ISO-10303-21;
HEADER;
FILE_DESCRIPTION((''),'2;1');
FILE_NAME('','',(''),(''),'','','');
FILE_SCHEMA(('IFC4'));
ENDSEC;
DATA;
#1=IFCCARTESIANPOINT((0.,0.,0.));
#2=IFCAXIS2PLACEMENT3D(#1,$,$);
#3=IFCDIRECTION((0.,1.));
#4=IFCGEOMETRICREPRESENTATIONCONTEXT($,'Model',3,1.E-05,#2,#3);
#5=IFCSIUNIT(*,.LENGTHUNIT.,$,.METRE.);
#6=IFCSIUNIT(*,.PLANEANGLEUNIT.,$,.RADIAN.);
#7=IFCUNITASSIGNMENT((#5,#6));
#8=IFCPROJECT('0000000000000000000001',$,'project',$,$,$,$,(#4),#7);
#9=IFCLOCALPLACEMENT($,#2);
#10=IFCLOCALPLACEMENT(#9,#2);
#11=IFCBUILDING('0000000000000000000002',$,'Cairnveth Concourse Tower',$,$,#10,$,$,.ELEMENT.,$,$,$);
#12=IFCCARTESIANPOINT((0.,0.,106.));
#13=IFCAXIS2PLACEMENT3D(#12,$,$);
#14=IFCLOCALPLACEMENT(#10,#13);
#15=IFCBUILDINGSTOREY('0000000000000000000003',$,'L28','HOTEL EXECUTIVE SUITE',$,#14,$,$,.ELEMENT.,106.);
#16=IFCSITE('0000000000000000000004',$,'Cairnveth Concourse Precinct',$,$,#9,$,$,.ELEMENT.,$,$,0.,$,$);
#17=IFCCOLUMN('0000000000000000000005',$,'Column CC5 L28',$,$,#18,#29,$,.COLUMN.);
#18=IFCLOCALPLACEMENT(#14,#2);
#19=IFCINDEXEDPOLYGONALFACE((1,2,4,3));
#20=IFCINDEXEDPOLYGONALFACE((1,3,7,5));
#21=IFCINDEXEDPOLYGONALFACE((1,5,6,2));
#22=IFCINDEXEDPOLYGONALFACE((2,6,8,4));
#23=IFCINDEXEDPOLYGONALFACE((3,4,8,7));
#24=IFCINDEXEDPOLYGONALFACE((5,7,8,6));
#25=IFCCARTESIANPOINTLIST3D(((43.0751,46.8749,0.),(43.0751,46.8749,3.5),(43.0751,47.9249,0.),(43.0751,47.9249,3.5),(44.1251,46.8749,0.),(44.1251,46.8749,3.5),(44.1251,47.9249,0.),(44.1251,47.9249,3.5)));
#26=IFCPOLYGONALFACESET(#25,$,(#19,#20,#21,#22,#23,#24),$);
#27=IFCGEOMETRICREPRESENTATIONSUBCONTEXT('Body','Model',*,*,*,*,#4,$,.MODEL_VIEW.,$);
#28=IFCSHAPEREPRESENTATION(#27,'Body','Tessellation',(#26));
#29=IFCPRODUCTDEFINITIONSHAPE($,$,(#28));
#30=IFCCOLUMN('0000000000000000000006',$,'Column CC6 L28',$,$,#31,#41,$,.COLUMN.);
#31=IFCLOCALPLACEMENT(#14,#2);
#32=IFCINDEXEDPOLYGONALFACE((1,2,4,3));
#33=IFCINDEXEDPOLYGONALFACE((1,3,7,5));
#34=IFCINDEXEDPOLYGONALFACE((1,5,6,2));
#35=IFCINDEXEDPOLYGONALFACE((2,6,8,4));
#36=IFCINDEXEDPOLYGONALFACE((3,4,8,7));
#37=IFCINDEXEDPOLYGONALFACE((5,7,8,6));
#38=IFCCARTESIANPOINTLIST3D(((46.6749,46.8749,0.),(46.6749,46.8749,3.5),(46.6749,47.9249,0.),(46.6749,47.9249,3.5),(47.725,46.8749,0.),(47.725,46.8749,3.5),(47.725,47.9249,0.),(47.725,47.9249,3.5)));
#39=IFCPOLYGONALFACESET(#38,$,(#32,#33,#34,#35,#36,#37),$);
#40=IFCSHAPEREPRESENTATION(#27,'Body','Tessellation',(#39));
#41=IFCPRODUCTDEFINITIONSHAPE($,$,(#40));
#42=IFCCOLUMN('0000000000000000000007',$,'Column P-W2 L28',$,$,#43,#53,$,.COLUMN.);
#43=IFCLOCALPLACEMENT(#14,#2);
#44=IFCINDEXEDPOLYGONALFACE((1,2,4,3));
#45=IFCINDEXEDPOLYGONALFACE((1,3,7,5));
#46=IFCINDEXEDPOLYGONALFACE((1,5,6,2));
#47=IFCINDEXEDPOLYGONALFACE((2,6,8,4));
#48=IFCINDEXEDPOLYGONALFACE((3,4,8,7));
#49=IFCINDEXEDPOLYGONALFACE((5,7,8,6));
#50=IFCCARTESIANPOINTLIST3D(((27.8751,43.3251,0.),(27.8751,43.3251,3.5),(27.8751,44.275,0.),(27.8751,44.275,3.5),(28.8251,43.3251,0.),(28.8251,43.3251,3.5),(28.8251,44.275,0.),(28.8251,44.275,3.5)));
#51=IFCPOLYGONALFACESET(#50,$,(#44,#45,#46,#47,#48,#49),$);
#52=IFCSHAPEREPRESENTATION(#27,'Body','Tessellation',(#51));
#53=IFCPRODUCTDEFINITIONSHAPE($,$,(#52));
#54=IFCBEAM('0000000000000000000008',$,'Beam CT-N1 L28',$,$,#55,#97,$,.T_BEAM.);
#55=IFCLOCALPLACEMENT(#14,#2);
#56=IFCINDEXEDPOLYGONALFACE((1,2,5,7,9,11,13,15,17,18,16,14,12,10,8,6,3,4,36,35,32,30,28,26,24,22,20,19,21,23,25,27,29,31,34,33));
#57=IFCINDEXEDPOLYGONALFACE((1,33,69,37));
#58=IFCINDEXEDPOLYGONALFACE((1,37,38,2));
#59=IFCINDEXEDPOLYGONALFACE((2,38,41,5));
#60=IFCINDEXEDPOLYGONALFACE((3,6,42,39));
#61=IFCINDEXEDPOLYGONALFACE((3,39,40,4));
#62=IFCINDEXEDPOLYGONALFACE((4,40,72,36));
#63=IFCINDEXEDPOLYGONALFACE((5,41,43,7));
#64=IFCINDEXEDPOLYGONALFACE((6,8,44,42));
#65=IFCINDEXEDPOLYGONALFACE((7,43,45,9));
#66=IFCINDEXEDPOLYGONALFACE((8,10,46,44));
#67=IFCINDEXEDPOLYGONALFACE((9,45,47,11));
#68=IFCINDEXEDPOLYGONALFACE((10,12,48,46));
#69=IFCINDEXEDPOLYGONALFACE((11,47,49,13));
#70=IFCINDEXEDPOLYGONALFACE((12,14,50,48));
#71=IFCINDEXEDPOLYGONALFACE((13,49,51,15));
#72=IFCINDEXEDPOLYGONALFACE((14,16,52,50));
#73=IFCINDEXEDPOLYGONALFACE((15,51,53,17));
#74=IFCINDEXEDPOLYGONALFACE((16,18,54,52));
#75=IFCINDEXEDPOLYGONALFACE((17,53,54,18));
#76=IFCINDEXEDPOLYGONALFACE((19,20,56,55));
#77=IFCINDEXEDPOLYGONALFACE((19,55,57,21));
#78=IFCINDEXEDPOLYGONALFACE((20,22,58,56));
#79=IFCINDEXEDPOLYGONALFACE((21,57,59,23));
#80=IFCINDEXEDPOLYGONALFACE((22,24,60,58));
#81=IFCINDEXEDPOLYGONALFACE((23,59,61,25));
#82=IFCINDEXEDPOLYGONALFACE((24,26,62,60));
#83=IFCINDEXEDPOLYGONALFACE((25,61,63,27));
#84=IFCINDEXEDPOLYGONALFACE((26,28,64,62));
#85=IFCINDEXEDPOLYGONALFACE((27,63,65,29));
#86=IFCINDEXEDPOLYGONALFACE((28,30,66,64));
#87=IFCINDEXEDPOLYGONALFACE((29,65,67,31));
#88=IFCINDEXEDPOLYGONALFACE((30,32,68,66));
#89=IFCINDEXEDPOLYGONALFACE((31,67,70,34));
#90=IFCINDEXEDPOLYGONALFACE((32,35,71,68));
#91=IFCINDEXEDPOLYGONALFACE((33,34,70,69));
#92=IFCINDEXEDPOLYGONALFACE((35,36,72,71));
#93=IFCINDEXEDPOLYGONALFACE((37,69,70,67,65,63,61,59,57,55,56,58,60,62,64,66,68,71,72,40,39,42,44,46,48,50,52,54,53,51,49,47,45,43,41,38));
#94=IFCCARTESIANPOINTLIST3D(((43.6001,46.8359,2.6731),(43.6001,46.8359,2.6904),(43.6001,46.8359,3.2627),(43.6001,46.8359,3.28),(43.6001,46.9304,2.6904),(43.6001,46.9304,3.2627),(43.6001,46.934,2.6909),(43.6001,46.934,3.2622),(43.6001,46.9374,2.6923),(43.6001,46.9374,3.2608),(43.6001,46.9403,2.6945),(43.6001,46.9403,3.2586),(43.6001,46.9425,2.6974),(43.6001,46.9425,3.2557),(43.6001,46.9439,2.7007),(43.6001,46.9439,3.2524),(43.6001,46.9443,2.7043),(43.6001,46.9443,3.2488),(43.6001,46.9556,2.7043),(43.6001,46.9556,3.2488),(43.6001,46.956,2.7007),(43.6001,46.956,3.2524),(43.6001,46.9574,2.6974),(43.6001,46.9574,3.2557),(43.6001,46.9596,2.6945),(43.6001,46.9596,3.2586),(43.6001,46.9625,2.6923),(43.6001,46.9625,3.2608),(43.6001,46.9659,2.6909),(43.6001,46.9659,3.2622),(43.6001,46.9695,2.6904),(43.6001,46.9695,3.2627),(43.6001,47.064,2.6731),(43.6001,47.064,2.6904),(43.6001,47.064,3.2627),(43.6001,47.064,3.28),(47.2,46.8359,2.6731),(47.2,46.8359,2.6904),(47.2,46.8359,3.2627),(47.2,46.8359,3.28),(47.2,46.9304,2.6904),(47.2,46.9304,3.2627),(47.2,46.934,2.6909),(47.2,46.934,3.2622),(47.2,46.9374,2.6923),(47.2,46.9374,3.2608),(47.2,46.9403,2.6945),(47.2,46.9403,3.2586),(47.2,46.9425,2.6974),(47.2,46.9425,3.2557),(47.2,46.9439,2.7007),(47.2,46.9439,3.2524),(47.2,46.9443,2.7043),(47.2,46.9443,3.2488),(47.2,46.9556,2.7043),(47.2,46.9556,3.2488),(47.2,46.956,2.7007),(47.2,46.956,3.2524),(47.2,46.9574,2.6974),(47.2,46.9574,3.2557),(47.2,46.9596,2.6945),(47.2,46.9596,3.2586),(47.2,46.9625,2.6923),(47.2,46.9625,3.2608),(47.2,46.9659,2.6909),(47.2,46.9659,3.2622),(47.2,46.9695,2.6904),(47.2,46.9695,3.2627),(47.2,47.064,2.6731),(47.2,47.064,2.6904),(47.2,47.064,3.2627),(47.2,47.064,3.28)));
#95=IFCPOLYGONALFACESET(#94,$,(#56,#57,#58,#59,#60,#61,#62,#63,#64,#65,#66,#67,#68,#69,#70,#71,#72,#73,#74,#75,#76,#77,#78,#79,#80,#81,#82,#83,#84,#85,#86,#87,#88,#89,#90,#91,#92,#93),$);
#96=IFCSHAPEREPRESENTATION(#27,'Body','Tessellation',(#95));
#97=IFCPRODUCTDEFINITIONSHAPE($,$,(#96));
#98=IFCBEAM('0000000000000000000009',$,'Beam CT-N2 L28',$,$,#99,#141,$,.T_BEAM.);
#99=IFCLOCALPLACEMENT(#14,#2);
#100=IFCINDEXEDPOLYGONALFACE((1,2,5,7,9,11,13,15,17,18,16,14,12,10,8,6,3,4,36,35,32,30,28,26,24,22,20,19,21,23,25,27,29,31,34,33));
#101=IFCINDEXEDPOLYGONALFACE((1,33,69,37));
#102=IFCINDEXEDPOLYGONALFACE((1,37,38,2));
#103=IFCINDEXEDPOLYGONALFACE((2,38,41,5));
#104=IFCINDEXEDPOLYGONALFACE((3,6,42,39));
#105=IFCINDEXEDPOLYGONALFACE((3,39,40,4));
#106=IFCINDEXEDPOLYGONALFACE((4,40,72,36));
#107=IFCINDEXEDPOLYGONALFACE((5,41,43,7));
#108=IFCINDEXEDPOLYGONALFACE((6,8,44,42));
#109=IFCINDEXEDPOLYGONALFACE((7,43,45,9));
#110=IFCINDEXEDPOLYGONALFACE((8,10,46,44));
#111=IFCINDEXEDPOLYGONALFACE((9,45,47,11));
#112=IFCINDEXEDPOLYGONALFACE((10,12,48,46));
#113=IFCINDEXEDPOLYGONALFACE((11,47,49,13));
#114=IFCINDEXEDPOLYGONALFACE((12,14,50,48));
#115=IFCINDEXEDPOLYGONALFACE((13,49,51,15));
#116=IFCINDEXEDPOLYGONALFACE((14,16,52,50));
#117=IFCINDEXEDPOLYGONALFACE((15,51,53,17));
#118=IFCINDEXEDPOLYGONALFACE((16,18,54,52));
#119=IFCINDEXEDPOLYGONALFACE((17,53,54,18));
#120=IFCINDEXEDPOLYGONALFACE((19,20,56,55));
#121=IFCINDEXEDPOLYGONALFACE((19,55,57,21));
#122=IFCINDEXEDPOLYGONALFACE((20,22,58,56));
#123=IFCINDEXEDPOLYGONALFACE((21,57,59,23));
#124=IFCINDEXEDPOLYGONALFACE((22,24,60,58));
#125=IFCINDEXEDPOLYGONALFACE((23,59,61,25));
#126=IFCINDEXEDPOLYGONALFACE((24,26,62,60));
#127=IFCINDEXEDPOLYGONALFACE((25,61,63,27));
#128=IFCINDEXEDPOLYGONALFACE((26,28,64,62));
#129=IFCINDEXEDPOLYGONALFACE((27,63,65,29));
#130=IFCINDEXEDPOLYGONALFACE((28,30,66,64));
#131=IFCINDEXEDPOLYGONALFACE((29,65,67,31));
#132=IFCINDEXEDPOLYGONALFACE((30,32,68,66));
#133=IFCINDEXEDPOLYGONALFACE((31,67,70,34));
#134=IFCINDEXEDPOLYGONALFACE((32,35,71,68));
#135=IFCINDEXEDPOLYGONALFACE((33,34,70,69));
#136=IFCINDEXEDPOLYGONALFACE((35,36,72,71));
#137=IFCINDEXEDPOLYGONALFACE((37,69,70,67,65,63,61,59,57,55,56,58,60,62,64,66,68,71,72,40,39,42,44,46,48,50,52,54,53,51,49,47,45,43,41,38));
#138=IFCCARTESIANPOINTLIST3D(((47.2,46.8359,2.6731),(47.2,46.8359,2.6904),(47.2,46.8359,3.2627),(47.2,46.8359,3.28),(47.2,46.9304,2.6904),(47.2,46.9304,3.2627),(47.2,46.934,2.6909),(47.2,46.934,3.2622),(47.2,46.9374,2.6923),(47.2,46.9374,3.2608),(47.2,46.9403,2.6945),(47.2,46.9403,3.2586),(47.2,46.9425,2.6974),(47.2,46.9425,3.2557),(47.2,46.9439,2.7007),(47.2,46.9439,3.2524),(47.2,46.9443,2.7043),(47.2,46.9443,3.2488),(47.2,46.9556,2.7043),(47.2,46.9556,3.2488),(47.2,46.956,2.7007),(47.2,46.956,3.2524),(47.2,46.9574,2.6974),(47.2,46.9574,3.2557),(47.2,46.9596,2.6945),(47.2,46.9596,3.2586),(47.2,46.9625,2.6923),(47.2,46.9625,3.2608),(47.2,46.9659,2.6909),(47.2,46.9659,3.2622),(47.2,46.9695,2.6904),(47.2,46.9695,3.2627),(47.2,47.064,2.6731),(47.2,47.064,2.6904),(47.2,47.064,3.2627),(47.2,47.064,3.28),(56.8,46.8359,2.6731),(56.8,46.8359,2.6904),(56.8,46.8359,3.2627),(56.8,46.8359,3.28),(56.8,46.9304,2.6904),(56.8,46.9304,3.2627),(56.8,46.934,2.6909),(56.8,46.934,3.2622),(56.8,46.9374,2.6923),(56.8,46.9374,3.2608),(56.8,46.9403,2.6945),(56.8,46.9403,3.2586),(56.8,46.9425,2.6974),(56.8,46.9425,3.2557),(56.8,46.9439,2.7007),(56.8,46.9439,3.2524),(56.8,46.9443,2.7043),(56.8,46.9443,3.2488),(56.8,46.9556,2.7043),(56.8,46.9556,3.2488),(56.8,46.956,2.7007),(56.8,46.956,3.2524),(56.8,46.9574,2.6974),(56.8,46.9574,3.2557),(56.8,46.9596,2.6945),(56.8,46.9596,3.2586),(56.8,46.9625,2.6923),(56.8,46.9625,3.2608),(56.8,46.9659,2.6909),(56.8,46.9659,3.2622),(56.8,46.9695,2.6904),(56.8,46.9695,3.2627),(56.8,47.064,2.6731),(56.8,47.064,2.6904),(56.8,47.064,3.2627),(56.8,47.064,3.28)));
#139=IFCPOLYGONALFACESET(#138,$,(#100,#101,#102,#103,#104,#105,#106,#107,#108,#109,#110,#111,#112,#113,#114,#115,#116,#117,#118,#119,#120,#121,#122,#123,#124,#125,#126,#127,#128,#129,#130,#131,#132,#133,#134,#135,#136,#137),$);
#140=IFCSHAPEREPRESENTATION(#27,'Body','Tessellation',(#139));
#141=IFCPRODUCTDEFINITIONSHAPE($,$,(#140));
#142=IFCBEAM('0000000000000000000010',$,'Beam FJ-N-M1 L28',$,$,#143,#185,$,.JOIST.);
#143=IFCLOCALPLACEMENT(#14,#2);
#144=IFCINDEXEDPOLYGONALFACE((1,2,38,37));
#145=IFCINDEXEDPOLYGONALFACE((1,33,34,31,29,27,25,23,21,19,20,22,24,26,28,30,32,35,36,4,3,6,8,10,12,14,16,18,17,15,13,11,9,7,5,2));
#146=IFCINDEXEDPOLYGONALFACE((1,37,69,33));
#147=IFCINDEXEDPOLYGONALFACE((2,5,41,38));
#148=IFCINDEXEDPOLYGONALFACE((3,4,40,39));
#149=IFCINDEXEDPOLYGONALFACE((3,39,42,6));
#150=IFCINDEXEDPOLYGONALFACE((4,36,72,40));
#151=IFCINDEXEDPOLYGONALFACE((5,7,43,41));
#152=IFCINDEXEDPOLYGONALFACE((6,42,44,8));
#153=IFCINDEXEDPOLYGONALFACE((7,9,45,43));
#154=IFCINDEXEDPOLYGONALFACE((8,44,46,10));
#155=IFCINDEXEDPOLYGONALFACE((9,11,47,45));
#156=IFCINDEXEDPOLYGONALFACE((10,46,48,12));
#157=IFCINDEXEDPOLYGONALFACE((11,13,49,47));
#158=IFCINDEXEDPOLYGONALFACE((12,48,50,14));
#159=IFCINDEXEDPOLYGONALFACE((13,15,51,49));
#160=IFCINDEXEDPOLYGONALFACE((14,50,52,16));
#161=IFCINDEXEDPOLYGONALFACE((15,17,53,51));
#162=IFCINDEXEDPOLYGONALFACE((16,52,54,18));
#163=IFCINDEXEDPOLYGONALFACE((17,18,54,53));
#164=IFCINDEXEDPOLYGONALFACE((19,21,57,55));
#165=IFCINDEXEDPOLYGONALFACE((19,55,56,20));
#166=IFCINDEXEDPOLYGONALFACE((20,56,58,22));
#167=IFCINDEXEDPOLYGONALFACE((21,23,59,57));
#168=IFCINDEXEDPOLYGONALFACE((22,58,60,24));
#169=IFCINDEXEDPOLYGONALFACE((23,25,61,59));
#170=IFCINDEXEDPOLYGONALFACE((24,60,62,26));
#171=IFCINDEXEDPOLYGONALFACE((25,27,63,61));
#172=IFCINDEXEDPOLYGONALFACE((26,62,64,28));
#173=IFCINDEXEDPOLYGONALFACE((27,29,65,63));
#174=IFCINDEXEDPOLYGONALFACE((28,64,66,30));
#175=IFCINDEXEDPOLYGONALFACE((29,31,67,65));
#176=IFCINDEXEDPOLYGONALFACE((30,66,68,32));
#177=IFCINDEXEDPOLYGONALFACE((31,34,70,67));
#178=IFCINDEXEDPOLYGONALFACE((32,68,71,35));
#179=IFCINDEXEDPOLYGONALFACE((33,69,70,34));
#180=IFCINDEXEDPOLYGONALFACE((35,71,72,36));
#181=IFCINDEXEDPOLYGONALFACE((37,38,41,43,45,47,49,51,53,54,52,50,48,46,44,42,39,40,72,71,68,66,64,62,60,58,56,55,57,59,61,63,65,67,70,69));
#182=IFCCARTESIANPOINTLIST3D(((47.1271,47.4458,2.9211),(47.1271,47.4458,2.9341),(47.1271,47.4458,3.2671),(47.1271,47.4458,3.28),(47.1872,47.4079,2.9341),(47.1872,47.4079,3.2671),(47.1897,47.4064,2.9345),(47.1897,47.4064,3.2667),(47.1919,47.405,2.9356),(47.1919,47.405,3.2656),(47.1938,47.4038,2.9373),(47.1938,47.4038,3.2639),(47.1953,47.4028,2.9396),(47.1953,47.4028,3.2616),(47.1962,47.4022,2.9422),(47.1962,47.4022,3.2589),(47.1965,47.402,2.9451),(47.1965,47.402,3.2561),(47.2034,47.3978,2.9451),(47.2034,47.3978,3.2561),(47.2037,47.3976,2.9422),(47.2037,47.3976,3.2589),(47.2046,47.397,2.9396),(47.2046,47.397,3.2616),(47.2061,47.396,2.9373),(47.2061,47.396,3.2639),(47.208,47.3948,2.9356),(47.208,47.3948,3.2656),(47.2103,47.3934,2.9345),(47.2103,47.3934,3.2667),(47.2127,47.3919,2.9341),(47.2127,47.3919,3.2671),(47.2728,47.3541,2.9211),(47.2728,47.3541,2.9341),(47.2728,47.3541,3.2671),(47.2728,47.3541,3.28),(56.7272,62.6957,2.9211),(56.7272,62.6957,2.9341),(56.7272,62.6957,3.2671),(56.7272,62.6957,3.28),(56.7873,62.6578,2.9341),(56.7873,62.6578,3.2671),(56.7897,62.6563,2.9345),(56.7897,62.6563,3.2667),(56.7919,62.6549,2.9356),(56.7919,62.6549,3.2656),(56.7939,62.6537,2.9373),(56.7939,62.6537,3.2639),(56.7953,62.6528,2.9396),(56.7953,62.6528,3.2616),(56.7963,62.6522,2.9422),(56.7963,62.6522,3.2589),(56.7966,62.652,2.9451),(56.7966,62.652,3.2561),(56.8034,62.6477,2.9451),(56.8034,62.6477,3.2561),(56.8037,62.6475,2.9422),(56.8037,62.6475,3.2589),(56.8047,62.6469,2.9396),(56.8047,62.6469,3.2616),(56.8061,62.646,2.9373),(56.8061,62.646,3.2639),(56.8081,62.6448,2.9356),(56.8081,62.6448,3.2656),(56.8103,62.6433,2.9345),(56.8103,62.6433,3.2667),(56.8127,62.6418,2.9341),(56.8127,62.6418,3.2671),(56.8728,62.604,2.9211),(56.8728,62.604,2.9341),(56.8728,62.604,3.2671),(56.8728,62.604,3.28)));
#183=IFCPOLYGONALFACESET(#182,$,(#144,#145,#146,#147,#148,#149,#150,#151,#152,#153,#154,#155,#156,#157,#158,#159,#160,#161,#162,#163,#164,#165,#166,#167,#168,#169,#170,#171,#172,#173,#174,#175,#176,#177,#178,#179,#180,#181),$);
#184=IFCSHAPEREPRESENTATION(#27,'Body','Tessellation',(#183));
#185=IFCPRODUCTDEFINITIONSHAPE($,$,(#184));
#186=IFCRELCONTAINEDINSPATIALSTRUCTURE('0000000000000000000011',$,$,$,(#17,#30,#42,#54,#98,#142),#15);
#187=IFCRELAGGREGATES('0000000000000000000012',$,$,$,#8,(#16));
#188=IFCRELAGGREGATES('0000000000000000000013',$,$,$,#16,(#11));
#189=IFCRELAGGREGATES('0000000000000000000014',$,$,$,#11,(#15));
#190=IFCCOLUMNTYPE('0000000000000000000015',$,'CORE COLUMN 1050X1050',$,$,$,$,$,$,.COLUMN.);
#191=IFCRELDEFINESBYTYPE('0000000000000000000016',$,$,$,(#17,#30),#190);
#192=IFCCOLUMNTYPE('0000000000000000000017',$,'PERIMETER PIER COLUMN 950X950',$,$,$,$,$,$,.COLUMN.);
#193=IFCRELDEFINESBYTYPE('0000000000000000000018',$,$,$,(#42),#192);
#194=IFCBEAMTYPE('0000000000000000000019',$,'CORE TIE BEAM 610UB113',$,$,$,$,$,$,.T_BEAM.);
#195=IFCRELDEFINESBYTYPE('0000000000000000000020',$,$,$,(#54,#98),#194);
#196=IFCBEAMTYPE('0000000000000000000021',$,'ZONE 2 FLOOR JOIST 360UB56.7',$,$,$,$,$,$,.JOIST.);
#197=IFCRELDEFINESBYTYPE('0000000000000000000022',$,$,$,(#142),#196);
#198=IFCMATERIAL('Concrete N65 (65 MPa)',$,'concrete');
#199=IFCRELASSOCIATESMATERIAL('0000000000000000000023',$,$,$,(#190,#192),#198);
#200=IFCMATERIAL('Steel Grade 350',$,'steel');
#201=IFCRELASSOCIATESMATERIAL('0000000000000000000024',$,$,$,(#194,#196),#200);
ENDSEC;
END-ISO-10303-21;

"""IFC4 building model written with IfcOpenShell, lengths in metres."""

from ifc_helpers import new_model, si_unit, direction, frame, origin, origin_2d, place, context, subcontext, project, spatial, rectangle, i_section, extrude, material, material_profile, profile_set, type_object, element, save


model = new_model("IFC4")

# Units and contexts
model_context = context("Model", 3, precision=1e-05, world=origin(), true_north=direction((0.0, 1.0)))
body_context = subcontext(model_context, "Body", "Model", "MODEL_VIEW")
ifc_project = project(units=[si_unit("LENGTHUNIT", "METRE"), si_unit("PLANEANGLEUNIT", "RADIAN")], contexts=[model_context])

# Site, building, storey
site_placement = place(None, origin())
site = spatial("IfcSite", under=ifc_project, at=site_placement, Name="Cairnveth Concourse Precinct", CompositionType="ELEMENT", RefElevation=0.0)
building_placement = place(site_placement, origin())
building = spatial("IfcBuilding", under=site, at=building_placement, Name="Cairnveth Concourse Tower", CompositionType="ELEMENT")
storey_placement = place(building_placement, frame((0.0, 0.0, 106.0)))
storey = spatial("IfcBuildingStorey", under=building, at=storey_placement, Name="L28", Description="HOTEL EXECUTIVE SUITE", CompositionType="ELEMENT", Elevation=106.0)

# Columns
ifc_material_1 = material(Name="Concrete N65 (65 MPa)", Category="concrete")
ifc_material_profile_1 = material_profile(ifc_material_1, rectangle(XDim=1.05, YDim=1.05, at=origin_2d()), Name="RC-COL-1050x1050")
ifc_profile_set_1 = profile_set([ifc_material_profile_1], Name="Concrete N65 (65 MPa)")
column_type_1 = type_object("IfcColumnType", Name="CORE COLUMN 1050X1050", PredefinedType="COLUMN", material=ifc_profile_set_1)
for number, where, z_axis, x_axis, name in (
    (1, (43.6001, 47.3999, 0.0), (0.0, 0.0, 1.0), (1.0, 0.0, 0.0), "Column CC5 L28"),
    (2, (47.2, 47.3999, 0.0), (0.0, 0.0, 1.0), (1.0, 0.0, 0.0), "Column CC6 L28"),
):
    element("IfcColumn", number, at=place(storey_placement, frame(where, z_axis=z_axis, x_axis=x_axis)), inside=storey, type_object=column_type_1, Name=name, PredefinedType="COLUMN", context=body_context, shape_type="SweptSolid", body=[
        extrude(rectangle(XDim=1.05, YDim=1.05, at=origin_2d()), origin(), (0.0, 0.0, 1.0), 3.5),
    ])
ifc_material_profile_2 = material_profile(ifc_material_1, rectangle(XDim=0.95, YDim=0.95, at=origin_2d()), Name="RC-COL-950x950")
ifc_profile_set_2 = profile_set([ifc_material_profile_2], Name="Concrete N65 (65 MPa)")
column_type_2 = type_object("IfcColumnType", Name="PERIMETER PIER COLUMN 950X950", PredefinedType="COLUMN", material=ifc_profile_set_2)
column_placement = place(storey_placement, frame((28.3501, 43.8, 0.0), z_axis=(0.0, 0.0, 1.0), x_axis=(0.0, 1.0, 0.0)))
element("IfcColumn", 3, at=column_placement, inside=storey, type_object=column_type_2, Name="Column P-W2 L28", PredefinedType="COLUMN", context=body_context, shape_type="SweptSolid", body=[
    extrude(rectangle(XDim=0.95, YDim=0.95, at=origin_2d()), origin(), (0.0, 0.0, 1.0), 3.5),
])

# Beams
ifc_material_2 = material(Name="Steel Grade 350", Category="steel")
ifc_material_profile_3 = material_profile(ifc_material_2, i_section(OverallWidth=0.228, OverallDepth=0.6069, WebThickness=0.0112, FlangeThickness=0.0173, FilletRadius=0.0139, at=origin_2d()), Name="610UB113")
ifc_profile_set_3 = profile_set([ifc_material_profile_3], Name="Steel Grade 350")
beam_type_1 = type_object("IfcBeamType", Name="CORE TIE BEAM 610UB113", PredefinedType="T_BEAM", material=ifc_profile_set_3)
beam_1_placement = place(storey_placement, frame((43.6001, 46.95, 2.9766), z_axis=(1.0, 0.0, 0.0), x_axis=(0.0, 1.0, 0.0)))
element("IfcBeam", 4, at=beam_1_placement, inside=storey, type_object=beam_type_1, Name="Beam CT-N1 L28", PredefinedType="T_BEAM", context=body_context, shape_type="SweptSolid", body=[
    extrude(i_section(OverallWidth=0.228, OverallDepth=0.6069, WebThickness=0.0112, FlangeThickness=0.0173, FilletRadius=0.0139, at=origin_2d()), origin(), (0.0, 0.0, 1.0), 3.5999),
])
beam_2_placement = place(storey_placement, frame((47.2, 46.95, 2.9766), z_axis=(1.0, 0.0, 0.0), x_axis=(0.0, 1.0, 0.0)))
element("IfcBeam", 5, at=beam_2_placement, inside=storey, type_object=beam_type_1, Name="Beam CT-N2 L28", PredefinedType="T_BEAM", context=body_context, shape_type="SweptSolid", body=[
    extrude(i_section(OverallWidth=0.228, OverallDepth=0.6069, WebThickness=0.0112, FlangeThickness=0.0173, FilletRadius=0.0139, at=origin_2d()), origin(), (0.0, 0.0, 1.0), 9.6001),
])
ifc_material_profile_4 = material_profile(ifc_material_2, i_section(OverallWidth=0.1721, OverallDepth=0.3589, WebThickness=0.0081, FlangeThickness=0.0129, FilletRadius=0.011, at=origin_2d()), Name="360UB56.7")
ifc_profile_set_4 = profile_set([ifc_material_profile_4], Name="Steel Grade 350")
beam_type_2 = type_object("IfcBeamType", Name="ZONE 2 FLOOR JOIST 360UB56.7", PredefinedType="JOIST", material=ifc_profile_set_4)
beam_3_placement = place(storey_placement, frame((47.2, 47.3999, 3.1006), z_axis=(0.532744, 0.846277, 0.0), x_axis=(-0.846277, 0.532744, 0.0)))
element("IfcBeam", 6, at=beam_3_placement, inside=storey, type_object=beam_type_2, Name="Beam FJ-N-M1 L28", PredefinedType="JOIST", context=body_context, shape_type="SweptSolid", body=[
    extrude(i_section(OverallWidth=0.1721, OverallDepth=0.3589, WebThickness=0.0081, FlangeThickness=0.0129, FilletRadius=0.011, at=origin_2d()), origin(), (0.0, 0.0, 1.0), 18.02),
])

save(model, "model.ifc")
